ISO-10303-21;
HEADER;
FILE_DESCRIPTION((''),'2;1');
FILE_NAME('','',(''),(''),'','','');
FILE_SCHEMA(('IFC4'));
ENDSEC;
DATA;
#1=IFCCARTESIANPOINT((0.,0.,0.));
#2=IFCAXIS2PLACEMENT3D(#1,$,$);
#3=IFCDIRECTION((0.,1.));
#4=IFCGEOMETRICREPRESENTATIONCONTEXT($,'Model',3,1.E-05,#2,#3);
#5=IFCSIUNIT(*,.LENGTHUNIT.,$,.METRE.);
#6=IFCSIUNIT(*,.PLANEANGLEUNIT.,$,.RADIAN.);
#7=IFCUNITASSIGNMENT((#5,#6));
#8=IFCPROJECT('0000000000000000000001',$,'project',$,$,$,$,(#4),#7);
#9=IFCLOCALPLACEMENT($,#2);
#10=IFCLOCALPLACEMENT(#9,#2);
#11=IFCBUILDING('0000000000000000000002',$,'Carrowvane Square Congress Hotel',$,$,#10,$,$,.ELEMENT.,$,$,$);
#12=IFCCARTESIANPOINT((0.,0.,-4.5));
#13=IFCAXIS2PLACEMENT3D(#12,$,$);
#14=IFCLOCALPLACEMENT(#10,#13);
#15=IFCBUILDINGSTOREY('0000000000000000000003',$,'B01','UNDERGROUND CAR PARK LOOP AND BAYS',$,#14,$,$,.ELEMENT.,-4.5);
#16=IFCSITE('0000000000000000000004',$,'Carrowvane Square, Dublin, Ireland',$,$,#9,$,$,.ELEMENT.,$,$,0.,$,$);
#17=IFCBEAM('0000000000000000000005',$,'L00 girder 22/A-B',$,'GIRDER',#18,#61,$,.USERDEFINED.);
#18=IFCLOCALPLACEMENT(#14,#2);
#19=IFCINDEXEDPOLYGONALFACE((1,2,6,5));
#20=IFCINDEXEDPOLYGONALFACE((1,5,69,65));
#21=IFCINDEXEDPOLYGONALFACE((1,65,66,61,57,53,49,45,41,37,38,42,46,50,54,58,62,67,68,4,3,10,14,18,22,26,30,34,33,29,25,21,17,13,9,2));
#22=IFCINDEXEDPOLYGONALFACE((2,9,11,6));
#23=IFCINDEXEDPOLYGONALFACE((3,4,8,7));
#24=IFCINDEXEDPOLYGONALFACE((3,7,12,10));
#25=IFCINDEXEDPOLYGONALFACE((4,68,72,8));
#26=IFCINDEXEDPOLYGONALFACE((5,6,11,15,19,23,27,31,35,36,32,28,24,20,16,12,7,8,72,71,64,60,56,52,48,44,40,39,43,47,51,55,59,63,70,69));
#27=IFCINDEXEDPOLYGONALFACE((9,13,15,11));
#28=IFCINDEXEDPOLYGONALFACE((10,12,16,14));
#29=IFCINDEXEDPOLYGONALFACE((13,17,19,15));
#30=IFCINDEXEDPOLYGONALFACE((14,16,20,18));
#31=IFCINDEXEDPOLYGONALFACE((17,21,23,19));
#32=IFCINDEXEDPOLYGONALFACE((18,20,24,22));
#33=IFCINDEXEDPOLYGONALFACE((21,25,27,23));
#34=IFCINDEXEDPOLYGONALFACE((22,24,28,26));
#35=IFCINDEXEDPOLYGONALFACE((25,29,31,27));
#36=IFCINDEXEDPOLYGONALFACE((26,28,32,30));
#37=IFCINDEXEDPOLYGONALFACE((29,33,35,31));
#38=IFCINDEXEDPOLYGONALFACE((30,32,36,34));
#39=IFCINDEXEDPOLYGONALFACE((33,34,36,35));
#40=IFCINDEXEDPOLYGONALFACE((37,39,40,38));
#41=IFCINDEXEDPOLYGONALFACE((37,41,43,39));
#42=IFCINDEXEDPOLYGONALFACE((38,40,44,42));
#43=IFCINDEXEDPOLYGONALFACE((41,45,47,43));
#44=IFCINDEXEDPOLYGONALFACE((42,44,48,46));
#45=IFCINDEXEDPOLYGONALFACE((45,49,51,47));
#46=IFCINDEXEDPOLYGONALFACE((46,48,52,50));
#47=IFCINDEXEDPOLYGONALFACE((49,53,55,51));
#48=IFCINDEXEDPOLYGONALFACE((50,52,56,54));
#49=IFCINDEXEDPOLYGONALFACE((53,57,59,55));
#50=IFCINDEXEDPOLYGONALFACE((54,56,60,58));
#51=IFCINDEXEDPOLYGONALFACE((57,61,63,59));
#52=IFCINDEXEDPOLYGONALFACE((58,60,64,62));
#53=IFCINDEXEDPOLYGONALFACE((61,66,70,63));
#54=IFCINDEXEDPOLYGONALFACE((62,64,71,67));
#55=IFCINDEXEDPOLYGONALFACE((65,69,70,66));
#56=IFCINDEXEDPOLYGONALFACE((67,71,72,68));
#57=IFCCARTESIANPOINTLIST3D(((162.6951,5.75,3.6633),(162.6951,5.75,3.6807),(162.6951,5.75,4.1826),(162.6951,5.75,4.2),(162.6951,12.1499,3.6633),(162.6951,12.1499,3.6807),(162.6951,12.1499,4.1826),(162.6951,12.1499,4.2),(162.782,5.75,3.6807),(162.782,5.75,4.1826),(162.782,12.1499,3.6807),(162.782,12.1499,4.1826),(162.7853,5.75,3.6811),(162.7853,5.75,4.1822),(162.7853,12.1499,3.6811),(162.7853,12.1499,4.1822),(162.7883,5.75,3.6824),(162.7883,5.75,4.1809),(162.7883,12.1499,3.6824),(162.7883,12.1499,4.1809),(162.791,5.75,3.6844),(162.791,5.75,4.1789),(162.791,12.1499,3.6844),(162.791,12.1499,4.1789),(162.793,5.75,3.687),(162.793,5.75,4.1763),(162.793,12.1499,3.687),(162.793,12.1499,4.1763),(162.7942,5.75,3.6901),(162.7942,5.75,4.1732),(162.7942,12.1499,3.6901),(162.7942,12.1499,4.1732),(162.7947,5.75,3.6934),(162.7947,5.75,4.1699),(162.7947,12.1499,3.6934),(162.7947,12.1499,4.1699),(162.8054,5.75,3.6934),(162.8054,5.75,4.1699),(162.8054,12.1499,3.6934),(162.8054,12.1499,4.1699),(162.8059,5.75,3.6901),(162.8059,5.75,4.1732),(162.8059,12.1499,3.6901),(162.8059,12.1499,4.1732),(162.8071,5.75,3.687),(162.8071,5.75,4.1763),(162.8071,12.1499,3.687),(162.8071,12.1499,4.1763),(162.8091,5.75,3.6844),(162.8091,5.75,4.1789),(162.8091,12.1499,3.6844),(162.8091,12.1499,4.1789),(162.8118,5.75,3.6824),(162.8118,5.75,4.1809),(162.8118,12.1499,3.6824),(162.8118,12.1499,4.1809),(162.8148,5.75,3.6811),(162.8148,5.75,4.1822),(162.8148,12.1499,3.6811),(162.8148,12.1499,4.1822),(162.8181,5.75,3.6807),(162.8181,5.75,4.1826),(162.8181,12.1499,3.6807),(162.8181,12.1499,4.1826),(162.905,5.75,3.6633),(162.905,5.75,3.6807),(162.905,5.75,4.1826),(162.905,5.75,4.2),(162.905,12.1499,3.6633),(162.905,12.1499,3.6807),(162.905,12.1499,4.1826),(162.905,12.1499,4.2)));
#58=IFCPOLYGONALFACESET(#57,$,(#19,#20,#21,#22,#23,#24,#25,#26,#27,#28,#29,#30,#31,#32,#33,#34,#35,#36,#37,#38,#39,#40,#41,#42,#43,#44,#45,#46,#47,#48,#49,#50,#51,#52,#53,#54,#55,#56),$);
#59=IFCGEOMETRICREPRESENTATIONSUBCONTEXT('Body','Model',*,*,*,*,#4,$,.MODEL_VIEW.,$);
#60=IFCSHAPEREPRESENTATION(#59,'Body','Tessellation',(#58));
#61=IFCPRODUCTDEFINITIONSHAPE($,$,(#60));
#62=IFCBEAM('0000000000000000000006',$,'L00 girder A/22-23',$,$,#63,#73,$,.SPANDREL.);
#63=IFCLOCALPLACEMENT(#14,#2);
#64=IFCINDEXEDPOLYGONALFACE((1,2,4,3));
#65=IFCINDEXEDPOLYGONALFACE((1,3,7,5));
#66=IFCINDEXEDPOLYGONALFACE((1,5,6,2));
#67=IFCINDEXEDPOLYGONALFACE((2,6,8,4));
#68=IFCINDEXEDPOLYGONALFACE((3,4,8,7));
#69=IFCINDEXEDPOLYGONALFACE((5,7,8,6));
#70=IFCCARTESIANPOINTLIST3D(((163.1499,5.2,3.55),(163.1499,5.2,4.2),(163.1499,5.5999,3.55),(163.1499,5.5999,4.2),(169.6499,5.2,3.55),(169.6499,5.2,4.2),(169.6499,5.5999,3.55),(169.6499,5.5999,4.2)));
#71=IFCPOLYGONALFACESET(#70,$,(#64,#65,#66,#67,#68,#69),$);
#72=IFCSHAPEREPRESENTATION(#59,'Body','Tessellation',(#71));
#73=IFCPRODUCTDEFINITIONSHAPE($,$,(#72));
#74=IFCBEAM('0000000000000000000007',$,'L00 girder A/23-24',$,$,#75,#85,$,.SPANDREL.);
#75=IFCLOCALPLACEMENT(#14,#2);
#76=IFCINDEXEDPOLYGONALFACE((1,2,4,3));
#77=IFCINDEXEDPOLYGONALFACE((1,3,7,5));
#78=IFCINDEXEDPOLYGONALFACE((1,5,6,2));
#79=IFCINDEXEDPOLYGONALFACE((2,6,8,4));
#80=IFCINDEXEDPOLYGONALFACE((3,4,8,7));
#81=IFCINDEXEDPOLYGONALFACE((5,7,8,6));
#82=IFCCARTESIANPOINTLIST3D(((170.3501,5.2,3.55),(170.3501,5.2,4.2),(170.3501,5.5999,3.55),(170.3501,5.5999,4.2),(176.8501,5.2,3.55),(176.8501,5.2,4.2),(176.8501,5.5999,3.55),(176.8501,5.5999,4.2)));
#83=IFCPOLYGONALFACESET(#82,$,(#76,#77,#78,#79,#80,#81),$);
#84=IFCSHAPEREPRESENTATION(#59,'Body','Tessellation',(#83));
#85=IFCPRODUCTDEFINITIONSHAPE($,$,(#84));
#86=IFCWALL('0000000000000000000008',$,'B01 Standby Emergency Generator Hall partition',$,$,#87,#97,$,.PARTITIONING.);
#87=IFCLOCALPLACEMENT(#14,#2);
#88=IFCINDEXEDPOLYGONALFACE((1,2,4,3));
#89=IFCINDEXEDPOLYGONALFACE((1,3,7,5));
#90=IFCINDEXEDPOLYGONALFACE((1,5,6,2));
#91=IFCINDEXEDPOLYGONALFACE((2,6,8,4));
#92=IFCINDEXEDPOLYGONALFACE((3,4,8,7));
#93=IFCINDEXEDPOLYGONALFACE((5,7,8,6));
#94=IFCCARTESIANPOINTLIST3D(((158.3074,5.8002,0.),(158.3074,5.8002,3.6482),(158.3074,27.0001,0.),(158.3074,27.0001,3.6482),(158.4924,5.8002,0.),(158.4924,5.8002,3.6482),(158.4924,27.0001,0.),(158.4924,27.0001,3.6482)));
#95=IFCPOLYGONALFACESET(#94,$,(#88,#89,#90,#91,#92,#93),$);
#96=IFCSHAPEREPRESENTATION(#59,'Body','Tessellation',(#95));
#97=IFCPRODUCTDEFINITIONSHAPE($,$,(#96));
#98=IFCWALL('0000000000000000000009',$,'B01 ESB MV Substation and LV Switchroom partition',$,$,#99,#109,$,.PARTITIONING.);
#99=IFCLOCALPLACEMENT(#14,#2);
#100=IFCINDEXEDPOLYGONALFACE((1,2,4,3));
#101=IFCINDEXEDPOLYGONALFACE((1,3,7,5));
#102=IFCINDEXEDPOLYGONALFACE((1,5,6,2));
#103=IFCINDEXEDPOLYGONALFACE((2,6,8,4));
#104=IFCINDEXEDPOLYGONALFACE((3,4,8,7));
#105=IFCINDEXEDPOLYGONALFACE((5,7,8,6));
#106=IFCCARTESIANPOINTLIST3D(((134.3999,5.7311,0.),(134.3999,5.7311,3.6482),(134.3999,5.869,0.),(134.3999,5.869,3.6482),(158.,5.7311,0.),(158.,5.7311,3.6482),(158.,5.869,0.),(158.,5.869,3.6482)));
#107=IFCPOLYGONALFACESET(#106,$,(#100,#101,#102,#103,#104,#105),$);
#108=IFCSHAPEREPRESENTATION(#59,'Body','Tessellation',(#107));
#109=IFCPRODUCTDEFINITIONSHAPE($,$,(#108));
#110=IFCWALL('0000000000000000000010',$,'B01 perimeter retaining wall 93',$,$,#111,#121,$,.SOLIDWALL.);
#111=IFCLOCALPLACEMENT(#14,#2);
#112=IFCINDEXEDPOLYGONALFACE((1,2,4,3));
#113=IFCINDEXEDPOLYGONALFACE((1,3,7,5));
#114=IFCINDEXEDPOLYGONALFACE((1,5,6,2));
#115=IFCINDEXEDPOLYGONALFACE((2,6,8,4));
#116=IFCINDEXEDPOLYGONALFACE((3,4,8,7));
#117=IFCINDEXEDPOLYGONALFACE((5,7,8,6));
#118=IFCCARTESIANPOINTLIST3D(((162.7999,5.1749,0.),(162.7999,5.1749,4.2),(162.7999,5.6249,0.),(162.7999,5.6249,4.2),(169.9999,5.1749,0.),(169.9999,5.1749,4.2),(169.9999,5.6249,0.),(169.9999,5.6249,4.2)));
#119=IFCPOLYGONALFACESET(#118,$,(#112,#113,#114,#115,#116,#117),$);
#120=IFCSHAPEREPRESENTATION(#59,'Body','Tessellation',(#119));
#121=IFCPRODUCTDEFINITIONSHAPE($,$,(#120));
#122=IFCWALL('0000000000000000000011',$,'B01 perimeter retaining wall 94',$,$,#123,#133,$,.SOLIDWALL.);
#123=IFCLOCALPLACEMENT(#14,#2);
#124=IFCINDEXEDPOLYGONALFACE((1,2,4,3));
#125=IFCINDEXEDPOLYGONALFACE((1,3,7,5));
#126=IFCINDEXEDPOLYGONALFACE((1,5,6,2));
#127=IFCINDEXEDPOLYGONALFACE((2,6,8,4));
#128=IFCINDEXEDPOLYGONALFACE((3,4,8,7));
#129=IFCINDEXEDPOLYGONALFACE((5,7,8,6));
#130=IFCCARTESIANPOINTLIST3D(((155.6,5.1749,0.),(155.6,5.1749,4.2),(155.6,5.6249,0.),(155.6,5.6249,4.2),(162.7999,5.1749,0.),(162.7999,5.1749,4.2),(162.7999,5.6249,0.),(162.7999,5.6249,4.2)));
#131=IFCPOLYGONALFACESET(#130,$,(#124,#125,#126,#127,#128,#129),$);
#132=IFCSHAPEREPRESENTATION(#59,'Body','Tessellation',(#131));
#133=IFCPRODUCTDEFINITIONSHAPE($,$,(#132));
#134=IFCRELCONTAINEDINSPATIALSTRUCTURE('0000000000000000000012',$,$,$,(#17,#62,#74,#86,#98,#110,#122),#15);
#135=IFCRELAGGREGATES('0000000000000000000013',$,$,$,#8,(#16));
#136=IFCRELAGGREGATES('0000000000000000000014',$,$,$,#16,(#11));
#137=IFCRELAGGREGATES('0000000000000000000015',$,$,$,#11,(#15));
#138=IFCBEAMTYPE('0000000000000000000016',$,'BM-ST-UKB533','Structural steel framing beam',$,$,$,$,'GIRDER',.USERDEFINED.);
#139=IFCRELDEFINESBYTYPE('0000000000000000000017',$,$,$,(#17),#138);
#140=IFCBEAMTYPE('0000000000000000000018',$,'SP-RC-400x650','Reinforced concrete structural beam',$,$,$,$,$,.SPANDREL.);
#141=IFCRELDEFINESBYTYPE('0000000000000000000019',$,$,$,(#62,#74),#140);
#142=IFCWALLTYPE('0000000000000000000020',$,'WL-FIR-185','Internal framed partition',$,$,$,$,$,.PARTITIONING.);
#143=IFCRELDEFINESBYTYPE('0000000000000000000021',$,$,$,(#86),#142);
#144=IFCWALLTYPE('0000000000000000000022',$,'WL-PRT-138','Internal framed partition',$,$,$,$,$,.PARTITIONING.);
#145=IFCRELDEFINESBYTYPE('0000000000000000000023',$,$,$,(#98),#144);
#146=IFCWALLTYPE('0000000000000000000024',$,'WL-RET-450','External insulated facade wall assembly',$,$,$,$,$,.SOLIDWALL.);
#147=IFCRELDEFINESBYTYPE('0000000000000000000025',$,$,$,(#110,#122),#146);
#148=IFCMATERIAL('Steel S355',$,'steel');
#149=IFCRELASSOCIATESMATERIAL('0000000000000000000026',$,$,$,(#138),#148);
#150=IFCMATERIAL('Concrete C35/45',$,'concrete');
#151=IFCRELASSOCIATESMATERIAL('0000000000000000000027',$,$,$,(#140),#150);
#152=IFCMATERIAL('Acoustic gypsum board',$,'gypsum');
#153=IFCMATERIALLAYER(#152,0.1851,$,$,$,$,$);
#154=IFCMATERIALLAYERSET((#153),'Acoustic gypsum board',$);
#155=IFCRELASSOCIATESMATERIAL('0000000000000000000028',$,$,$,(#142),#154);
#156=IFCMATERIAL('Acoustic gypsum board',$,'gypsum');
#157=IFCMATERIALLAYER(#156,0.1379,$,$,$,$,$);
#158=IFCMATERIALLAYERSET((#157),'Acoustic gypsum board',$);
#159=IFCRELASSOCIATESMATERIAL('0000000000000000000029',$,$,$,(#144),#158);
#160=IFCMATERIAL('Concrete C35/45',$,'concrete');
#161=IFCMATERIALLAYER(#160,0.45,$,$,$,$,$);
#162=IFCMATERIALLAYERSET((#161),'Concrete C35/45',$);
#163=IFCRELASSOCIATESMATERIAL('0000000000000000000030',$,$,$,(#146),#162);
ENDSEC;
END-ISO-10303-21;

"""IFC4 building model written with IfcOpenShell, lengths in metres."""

from ifc_helpers import new_model, si_unit, direction, frame, frame_2d, origin, origin_2d, place, context, subcontext, project, spatial, rectangle, i_section, extrude, material, layer, layer_set, material_profile, profile_set, type_object, element, save


model = new_model("IFC4")

# Units and contexts
model_context = context("Model", 3, precision=1e-05, world=origin(), true_north=direction((0.0, 1.0)))
body_context = subcontext(model_context, "Body", "Model", "MODEL_VIEW")
ifc_project = project(units=[si_unit("LENGTHUNIT", "METRE"), si_unit("PLANEANGLEUNIT", "RADIAN")], contexts=[model_context])

# Site, building, storey
site_placement = place(None, origin())
site = spatial("IfcSite", under=ifc_project, at=site_placement, Name="Carrowvane Square, Dublin, Ireland", CompositionType="ELEMENT", RefElevation=0.0)
building_placement = place(site_placement, origin())
building = spatial("IfcBuilding", under=site, at=building_placement, Name="Carrowvane Square Congress Hotel", CompositionType="ELEMENT")
storey_placement = place(building_placement, frame((0.0, 0.0, -4.5)))
storey = spatial("IfcBuildingStorey", under=building, at=storey_placement, Name="B01", Description="UNDERGROUND CAR PARK LOOP AND BAYS", CompositionType="ELEMENT", Elevation=-4.5)

# Beams
ifc_material_1 = material(Name="Steel S355", Category="steel")
ifc_material_profile_1 = material_profile(ifc_material_1, i_section(OverallWidth=0.21, OverallDepth=0.5366, WebThickness=0.0107, FlangeThickness=0.0173, FilletRadius=0.0127, at=origin_2d()), Name="UKB 533x210x101")
ifc_profile_set_1 = profile_set([ifc_material_profile_1], Name="Steel S355")
beam_type_1 = type_object("IfcBeamType", Name="BM-ST-UKB533", Description="Structural steel framing beam", ElementType="GIRDER", PredefinedType="USERDEFINED", material=ifc_profile_set_1)
beam_placement = place(storey_placement, frame((162.8, 5.75, 3.9316), z_axis=(0.0, 1.0, 0.0), x_axis=(-1.0, 0.0, 0.0)))
element("IfcBeam", 1, at=beam_placement, inside=storey, type_object=beam_type_1, Name="L00 girder 22/A-B", ObjectType="GIRDER", PredefinedType="USERDEFINED", context=body_context, shape_type="SweptSolid", body=[
    extrude(i_section(OverallWidth=0.21, OverallDepth=0.5366, WebThickness=0.0107, FlangeThickness=0.0173, FilletRadius=0.0127, at=origin_2d()), origin(), (0.0, 0.0, 1.0), 6.3999),
])
ifc_material_2 = material(Name="Concrete C35/45", Category="concrete")
ifc_material_profile_2 = material_profile(ifc_material_2, rectangle(XDim=0.3999, YDim=0.6499, at=origin_2d()), Name="RC 400x650")
ifc_profile_set_2 = profile_set([ifc_material_profile_2], Name="Concrete C35/45")
beam_type_2 = type_object("IfcBeamType", Name="SP-RC-400x650", Description="Reinforced concrete structural beam", PredefinedType="SPANDREL", material=ifc_profile_set_2)
for number, where, z_axis, x_axis, name in (
    (2, (163.1499, 5.3999, 3.875), (1.0, 0.0, 0.0), (0.0, 1.0, 0.0), "L00 girder A/22-23"),
    (3, (170.3501, 5.3999, 3.875), (1.0, 0.0, 0.0), (0.0, 1.0, 0.0), "L00 girder A/23-24"),
):
    element("IfcBeam", number, at=place(storey_placement, frame(where, z_axis=z_axis, x_axis=x_axis)), inside=storey, type_object=beam_type_2, Name=name, PredefinedType="SPANDREL", context=body_context, shape_type="SweptSolid", body=[
        extrude(rectangle(XDim=0.3999, YDim=0.6499, at=origin_2d()), origin(), (0.0, 0.0, 1.0), 6.5),
    ])

# Walls
ifc_material_3 = material(Name="Acoustic gypsum board", Category="gypsum")
ifc_layer_1 = layer(ifc_material_3, 0.1851)
ifc_layer_set_1 = layer_set([ifc_layer_1], Name="Acoustic gypsum board")
wall_type_1 = type_object("IfcWallType", Name="WL-FIR-185", Description="Internal framed partition", PredefinedType="PARTITIONING", material=ifc_layer_set_1)
wall_1_placement = place(storey_placement, frame((158.3999, 5.8, 0.0), z_axis=(0.0, 0.0, 1.0), x_axis=(0.0, 1.0, 0.0)))
element("IfcWall", 4, at=wall_1_placement, inside=storey, type_object=wall_type_1, Name="B01 Standby Emergency Generator Hall partition", PredefinedType="PARTITIONING", context=body_context, shape_type="SweptSolid", body=[
    extrude(rectangle(XDim=21.2, YDim=0.1851, at=frame_2d((10.6001, 0.0))), origin(), (0.0, 0.0, 1.0), 3.6482),
])
ifc_material_4 = material(Name="Acoustic gypsum board", Category="gypsum")
ifc_layer_2 = layer(ifc_material_4, 0.1379)
ifc_layer_set_2 = layer_set([ifc_layer_2], Name="Acoustic gypsum board")
wall_type_2 = type_object("IfcWallType", Name="WL-PRT-138", Description="Internal framed partition", PredefinedType="PARTITIONING", material=ifc_layer_set_2)
wall_2_placement = place(storey_placement, frame((158.0, 5.8, 0.0), z_axis=(0.0, 0.0, 1.0), x_axis=(-1.0, 0.0, 0.0)))
element("IfcWall", 5, at=wall_2_placement, inside=storey, type_object=wall_type_2, Name="B01 ESB MV Substation and LV Switchroom partition", PredefinedType="PARTITIONING", context=body_context, shape_type="SweptSolid", body=[
    extrude(rectangle(XDim=23.6001, YDim=0.1379, at=frame_2d((11.8, 0.0))), origin(), (0.0, 0.0, 1.0), 3.6482),
])
ifc_material_5 = material(Name="Concrete C35/45", Category="concrete")
ifc_layer_3 = layer(ifc_material_5, 0.45)
ifc_layer_set_3 = layer_set([ifc_layer_3], Name="Concrete C35/45")
wall_type_3 = type_object("IfcWallType", Name="WL-RET-450", Description="External insulated facade wall assembly", PredefinedType="SOLIDWALL", material=ifc_layer_set_3)
for number, where, z_axis, x_axis, name in (
    (6, (170.0, 5.3999, 0.0), (0.0, 0.0, 1.0), (-1.0, 0.0, 0.0), "B01 perimeter retaining wall 93"),
    (7, (162.8, 5.3999, 0.0), (0.0, 0.0, 1.0), (-1.0, 0.0, 0.0), "B01 perimeter retaining wall 94"),
):
    element("IfcWall", number, at=place(storey_placement, frame(where, z_axis=z_axis, x_axis=x_axis)), inside=storey, type_object=wall_type_3, Name=name, PredefinedType="SOLIDWALL", context=body_context, shape_type="SweptSolid", body=[
        extrude(rectangle(XDim=7.2, YDim=0.45, at=frame_2d((3.6001, 0.0))), origin(), (0.0, 0.0, 1.0), 4.2),
    ])

save(model, "model.ifc")
